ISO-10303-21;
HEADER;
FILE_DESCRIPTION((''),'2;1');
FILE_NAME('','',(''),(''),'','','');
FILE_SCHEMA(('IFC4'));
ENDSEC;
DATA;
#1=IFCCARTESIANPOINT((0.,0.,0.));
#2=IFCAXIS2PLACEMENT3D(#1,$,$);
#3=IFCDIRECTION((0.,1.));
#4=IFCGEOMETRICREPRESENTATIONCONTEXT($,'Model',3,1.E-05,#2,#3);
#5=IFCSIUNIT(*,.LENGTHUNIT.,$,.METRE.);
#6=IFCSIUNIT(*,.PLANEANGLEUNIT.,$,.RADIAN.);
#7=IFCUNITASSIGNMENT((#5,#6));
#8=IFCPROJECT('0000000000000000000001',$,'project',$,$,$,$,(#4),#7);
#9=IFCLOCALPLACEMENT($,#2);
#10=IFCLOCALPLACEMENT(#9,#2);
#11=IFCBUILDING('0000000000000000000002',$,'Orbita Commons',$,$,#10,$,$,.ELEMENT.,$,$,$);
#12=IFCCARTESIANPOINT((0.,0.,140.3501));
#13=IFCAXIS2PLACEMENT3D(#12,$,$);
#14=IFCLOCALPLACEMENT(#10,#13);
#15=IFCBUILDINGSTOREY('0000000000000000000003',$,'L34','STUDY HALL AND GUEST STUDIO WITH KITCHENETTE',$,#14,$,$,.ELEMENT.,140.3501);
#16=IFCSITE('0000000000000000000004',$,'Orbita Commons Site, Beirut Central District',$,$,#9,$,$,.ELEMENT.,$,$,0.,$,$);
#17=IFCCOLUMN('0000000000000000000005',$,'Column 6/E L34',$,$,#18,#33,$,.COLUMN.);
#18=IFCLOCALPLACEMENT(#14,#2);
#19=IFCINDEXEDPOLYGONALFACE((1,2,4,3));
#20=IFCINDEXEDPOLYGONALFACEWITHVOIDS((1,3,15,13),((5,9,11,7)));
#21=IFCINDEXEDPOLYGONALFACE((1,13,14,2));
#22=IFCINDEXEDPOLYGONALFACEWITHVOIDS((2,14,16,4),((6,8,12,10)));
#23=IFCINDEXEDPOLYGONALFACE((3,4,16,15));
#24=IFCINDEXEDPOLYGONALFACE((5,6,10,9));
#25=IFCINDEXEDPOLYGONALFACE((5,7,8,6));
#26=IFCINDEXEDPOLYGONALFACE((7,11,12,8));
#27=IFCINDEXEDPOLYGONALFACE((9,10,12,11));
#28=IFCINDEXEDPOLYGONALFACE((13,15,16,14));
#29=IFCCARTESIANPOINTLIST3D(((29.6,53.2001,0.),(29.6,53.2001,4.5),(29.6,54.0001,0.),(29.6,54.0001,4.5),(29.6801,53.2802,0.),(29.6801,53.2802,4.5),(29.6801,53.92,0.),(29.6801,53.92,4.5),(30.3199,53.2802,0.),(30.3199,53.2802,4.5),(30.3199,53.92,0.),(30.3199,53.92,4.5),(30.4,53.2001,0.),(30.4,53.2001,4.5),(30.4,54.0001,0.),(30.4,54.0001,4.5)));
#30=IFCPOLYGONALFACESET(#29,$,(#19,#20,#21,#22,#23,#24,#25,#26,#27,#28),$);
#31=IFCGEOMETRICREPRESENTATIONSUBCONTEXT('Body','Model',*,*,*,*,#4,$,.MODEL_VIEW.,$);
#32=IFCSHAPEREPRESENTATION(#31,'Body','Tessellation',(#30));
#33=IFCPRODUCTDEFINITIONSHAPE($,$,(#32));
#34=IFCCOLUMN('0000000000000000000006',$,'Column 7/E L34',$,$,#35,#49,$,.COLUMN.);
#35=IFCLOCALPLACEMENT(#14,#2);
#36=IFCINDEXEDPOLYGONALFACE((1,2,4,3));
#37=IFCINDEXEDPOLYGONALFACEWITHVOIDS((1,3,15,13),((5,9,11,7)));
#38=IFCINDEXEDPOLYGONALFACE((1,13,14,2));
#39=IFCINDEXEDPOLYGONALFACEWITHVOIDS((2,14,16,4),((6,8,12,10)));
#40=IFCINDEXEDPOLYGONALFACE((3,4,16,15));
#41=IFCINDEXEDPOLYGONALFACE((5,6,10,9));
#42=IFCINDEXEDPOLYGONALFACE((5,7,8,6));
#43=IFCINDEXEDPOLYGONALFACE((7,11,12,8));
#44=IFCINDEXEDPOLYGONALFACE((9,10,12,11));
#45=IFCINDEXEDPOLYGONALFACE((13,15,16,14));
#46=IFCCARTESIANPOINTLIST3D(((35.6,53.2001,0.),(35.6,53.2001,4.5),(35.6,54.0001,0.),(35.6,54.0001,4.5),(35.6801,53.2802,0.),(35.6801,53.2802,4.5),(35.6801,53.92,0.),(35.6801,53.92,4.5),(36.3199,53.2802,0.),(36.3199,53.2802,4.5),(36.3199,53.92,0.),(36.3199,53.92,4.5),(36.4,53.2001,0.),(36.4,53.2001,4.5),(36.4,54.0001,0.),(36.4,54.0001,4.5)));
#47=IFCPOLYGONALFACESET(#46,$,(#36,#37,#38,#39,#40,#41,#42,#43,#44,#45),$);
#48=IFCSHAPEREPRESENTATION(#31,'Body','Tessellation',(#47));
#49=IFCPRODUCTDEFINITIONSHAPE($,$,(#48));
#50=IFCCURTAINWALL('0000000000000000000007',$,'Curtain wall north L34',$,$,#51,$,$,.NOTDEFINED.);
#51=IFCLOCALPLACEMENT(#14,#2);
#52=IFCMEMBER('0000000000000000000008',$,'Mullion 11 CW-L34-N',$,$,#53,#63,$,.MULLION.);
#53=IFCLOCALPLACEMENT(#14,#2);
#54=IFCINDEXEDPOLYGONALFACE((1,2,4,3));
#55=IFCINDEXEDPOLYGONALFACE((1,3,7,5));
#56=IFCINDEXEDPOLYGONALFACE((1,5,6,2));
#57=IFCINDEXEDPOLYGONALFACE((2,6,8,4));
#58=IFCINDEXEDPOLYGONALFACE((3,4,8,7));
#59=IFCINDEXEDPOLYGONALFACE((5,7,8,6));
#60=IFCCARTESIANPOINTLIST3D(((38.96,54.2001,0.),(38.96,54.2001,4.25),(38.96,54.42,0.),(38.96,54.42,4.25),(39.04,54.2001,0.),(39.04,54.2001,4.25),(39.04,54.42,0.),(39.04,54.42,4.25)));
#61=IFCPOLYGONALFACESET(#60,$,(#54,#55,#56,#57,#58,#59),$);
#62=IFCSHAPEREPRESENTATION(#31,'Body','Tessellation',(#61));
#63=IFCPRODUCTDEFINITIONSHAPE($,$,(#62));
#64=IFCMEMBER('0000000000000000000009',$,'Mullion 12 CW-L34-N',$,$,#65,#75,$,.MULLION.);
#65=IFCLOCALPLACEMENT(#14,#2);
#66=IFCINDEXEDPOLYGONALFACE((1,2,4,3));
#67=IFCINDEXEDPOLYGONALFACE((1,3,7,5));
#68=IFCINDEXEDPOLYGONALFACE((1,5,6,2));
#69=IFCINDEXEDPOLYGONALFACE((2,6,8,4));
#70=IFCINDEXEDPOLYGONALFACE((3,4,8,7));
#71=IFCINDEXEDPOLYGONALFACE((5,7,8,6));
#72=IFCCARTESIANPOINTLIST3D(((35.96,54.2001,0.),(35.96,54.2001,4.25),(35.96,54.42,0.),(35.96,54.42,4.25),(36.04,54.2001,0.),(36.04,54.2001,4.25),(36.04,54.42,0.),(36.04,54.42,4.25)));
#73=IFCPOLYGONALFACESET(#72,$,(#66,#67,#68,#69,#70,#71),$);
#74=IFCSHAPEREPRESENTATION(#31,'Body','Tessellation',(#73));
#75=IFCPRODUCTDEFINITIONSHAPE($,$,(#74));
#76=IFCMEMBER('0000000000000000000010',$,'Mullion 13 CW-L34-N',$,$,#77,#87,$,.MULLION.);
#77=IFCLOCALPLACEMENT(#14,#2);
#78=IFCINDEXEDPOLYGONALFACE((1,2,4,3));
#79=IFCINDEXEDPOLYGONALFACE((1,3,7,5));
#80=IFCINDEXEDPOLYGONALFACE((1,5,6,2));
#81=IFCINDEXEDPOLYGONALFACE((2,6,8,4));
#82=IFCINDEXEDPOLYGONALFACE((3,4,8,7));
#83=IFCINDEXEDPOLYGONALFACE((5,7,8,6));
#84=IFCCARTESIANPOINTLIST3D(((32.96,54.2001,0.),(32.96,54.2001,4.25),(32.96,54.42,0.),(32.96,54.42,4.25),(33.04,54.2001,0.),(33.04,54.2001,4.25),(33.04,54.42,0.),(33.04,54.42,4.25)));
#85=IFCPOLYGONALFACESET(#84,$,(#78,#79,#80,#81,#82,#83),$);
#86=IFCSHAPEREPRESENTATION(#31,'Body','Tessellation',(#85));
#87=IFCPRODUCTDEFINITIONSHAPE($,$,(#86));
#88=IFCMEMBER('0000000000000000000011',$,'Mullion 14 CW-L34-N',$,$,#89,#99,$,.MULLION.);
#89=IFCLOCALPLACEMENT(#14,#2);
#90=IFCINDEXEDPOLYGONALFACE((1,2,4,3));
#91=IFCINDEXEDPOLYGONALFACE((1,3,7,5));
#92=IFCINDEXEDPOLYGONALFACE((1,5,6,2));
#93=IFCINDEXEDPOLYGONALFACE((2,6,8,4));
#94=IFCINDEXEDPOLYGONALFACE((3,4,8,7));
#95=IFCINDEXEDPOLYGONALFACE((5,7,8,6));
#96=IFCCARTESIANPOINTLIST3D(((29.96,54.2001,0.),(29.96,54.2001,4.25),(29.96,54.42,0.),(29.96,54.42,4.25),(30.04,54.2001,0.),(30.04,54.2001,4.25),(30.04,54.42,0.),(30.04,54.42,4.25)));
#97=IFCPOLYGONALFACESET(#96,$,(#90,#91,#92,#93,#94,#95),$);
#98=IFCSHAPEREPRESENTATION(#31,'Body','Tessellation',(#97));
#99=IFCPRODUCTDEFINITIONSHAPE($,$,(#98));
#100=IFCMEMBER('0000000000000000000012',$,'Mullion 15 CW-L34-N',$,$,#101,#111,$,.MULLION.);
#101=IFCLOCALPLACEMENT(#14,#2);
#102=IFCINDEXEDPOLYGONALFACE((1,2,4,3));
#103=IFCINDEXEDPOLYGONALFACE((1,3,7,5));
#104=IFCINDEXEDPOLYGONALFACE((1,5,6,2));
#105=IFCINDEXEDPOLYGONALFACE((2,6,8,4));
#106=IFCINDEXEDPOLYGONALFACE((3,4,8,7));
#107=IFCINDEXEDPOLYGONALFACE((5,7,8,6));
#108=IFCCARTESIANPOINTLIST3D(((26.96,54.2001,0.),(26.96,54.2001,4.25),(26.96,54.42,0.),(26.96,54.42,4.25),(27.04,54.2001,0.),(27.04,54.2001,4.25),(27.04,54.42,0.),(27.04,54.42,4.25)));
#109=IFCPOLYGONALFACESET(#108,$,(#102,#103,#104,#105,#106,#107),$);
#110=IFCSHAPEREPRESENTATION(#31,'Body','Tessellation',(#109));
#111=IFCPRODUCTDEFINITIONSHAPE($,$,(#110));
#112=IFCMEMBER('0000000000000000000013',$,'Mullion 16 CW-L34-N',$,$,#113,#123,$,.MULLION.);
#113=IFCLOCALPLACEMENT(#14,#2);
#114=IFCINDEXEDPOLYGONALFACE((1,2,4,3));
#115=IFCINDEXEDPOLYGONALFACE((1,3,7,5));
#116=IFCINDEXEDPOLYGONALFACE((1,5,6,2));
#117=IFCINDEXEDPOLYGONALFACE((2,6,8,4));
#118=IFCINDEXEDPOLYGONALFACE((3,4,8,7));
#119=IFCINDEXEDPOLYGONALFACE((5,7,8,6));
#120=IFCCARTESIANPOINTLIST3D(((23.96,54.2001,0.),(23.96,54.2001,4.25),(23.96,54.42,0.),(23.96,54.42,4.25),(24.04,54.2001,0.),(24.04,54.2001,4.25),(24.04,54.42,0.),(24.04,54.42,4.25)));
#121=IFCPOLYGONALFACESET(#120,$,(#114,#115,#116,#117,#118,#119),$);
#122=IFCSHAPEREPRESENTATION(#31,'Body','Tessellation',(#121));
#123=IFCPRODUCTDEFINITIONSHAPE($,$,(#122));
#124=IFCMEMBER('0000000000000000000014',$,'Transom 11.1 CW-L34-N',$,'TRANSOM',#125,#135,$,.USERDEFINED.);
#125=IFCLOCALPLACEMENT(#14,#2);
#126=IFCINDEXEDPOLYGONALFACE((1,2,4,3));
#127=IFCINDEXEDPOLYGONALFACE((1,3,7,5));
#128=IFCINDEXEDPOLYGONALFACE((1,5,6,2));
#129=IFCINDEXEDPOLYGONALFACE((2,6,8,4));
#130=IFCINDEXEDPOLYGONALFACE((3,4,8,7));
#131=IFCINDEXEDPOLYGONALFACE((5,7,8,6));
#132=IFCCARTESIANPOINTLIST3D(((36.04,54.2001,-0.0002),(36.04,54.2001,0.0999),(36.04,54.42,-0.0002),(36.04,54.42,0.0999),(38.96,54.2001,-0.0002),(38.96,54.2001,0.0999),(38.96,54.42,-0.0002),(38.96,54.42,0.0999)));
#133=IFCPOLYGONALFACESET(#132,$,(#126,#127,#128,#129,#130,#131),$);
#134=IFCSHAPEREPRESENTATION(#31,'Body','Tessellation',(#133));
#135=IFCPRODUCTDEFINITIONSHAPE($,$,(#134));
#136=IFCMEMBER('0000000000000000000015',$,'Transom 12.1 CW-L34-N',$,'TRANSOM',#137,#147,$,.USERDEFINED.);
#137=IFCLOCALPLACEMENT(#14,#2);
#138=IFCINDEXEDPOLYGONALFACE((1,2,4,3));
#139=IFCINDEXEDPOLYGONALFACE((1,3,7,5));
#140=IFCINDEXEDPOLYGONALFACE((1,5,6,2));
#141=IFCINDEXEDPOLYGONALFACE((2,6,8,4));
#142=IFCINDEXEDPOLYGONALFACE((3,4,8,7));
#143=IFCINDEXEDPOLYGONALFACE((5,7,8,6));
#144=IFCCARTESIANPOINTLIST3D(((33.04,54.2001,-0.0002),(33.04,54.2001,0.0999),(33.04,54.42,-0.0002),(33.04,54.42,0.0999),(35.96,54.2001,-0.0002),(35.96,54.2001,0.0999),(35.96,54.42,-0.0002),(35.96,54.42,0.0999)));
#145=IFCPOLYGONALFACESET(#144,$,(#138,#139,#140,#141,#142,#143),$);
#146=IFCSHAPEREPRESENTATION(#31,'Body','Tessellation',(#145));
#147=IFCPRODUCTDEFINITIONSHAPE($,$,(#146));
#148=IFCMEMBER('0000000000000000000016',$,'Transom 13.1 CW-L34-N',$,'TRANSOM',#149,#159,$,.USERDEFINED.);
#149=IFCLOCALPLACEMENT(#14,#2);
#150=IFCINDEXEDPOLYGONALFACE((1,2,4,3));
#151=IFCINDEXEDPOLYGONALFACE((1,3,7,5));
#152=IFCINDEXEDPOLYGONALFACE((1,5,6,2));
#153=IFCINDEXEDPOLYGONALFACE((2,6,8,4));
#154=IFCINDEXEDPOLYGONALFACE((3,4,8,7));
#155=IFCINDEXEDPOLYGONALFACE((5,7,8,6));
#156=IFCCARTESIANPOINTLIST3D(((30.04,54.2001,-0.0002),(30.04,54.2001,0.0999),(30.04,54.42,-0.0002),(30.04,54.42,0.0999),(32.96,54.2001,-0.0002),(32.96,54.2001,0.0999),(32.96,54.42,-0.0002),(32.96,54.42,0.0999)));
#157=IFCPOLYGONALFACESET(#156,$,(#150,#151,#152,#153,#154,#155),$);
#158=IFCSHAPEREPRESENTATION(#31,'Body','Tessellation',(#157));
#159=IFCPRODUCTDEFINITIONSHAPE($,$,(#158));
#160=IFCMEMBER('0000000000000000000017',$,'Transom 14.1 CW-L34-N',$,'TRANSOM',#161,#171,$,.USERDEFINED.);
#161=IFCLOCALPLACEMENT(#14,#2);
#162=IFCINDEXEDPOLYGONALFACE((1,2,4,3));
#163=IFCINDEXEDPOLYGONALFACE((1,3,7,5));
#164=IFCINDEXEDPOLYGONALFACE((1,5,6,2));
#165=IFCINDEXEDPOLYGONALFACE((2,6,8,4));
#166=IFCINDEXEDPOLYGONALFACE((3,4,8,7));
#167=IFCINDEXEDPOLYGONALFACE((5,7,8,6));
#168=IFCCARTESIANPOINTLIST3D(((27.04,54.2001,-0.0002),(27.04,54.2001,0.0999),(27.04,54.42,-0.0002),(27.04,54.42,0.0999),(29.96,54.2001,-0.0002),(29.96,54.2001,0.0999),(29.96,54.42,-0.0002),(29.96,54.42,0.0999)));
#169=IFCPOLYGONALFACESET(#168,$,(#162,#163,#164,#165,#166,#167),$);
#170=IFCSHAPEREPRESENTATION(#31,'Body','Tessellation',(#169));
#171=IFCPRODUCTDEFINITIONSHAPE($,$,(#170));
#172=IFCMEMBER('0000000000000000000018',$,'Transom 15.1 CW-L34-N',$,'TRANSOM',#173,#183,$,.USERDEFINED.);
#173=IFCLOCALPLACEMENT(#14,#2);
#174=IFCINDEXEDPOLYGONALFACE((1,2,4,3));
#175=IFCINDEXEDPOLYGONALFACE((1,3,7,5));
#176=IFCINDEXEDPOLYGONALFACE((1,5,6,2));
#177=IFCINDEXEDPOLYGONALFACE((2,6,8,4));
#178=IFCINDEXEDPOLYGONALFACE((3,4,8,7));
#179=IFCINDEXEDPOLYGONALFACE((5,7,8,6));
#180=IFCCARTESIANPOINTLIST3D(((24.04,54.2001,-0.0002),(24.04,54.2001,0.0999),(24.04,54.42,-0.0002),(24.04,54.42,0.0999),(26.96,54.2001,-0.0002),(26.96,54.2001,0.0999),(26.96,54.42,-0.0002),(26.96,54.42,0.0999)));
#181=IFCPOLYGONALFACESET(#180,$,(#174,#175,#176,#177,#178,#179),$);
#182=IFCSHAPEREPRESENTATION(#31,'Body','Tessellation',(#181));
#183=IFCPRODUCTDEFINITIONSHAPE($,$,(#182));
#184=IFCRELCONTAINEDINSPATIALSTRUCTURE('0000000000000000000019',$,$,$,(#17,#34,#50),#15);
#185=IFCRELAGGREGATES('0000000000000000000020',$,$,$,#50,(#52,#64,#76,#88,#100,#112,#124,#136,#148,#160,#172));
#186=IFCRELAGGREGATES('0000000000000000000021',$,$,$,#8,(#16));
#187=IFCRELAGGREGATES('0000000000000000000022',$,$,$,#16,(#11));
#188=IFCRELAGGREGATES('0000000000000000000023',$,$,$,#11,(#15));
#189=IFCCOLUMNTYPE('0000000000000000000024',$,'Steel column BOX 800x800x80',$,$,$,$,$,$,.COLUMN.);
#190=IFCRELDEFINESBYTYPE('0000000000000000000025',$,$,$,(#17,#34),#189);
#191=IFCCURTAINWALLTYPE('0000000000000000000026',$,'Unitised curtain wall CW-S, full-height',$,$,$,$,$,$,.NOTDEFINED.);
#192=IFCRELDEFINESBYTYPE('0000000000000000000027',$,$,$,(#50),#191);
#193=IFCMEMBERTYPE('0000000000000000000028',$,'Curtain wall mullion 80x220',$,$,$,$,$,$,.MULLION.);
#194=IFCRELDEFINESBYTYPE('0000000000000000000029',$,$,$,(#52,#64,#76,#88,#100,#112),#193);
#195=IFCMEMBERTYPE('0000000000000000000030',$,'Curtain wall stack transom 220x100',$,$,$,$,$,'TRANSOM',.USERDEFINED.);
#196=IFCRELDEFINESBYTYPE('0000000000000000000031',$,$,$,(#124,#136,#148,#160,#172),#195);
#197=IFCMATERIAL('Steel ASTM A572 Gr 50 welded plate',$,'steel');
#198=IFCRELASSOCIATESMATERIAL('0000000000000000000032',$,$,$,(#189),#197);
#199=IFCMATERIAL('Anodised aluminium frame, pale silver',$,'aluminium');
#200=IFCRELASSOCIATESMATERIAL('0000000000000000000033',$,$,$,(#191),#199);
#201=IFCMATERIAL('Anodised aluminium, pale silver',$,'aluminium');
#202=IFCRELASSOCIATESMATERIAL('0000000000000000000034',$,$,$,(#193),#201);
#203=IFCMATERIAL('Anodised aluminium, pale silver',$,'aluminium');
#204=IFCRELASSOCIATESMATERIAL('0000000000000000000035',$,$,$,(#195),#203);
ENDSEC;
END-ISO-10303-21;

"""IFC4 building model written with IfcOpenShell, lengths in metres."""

from ifc_helpers import new_model, si_unit, direction, frame, origin, origin_2d, place, context, subcontext, project, spatial, rectangle, hollow_rectangle, extrude, material, material_profile, profile_set, type_object, element, aggregate, save


model = new_model("IFC4")

# Units and contexts
model_context = context("Model", 3, precision=1e-05, world=origin(), true_north=direction((0.0, 1.0)))
body_context = subcontext(model_context, "Body", "Model", "MODEL_VIEW")
ifc_project = project(units=[si_unit("LENGTHUNIT", "METRE"), si_unit("PLANEANGLEUNIT", "RADIAN")], contexts=[model_context])

# Site, building, storey
site_placement = place(None, origin())
site = spatial("IfcSite", under=ifc_project, at=site_placement, Name="Orbita Commons Site, Beirut Central District", CompositionType="ELEMENT", RefElevation=0.0)
building_placement = place(site_placement, origin())
building = spatial("IfcBuilding", under=site, at=building_placement, Name="Orbita Commons", CompositionType="ELEMENT")
storey_placement = place(building_placement, frame((0.0, 0.0, 140.3501)))
storey = spatial("IfcBuildingStorey", under=building, at=storey_placement, Name="L34", Description="STUDY HALL AND GUEST STUDIO WITH KITCHENETTE", CompositionType="ELEMENT", Elevation=140.3501)

# Columns
ifc_material_1 = material(Name="Steel ASTM A572 Gr 50 welded plate", Category="steel")
ifc_material_profile_1 = material_profile(ifc_material_1, hollow_rectangle(XDim=0.8, YDim=0.8, WallThickness=0.0801, at=origin_2d()), Name="BOX 800x800x80")
ifc_profile_set_1 = profile_set([ifc_material_profile_1], Name="Steel ASTM A572 Gr 50 welded plate")
column_type = type_object("IfcColumnType", Name="Steel column BOX 800x800x80", PredefinedType="COLUMN", material=ifc_profile_set_1)
for number, where, z_axis, x_axis, name in (
    (1, (30.0, 53.6001, 0.0), (0.0, 0.0, 1.0), (1.0, 0.0, 0.0), "Column 6/E L34"),
    (2, (36.0, 53.6001, 0.0), (0.0, 0.0, 1.0), (1.0, 0.0, 0.0), "Column 7/E L34"),
):
    element("IfcColumn", number, at=place(storey_placement, frame(where, z_axis=z_axis, x_axis=x_axis)), inside=storey, type_object=column_type, Name=name, PredefinedType="COLUMN", context=body_context, shape_type="SweptSolid", body=[
        extrude(hollow_rectangle(XDim=0.8, YDim=0.8, WallThickness=0.0801, at=origin_2d()), origin(), (0.0, 0.0, 1.0), 4.5),
    ])

# Curtain wall, members
ifc_material_2 = material(Name="Anodised aluminium frame, pale silver", Category="aluminium")
curtain_wall_type = type_object("IfcCurtainWallType", Name="Unitised curtain wall CW-S, full-height", PredefinedType="NOTDEFINED", material=ifc_material_2)
curtain_wall_placement = place(storey_placement, origin())
curtain_wall = element("IfcCurtainWall", 3, at=curtain_wall_placement, inside=storey, type_object=curtain_wall_type, Name="Curtain wall north L34", PredefinedType="NOTDEFINED")
ifc_material_3 = material(Name="Anodised aluminium, pale silver", Category="aluminium")
ifc_material_profile_2 = material_profile(ifc_material_3, rectangle(XDim=0.0801, YDim=0.22, at=origin_2d()), Name="AL 80x220")
ifc_profile_set_2 = profile_set([ifc_material_profile_2], Name="Anodised aluminium, pale silver")
member_type_1 = type_object("IfcMemberType", Name="Curtain wall mullion 80x220", PredefinedType="MULLION", material=ifc_profile_set_2)
member_1_placement = place(storey_placement, frame((39.0, 54.3101, 0.0), z_axis=(0.0, 0.0, 1.0), x_axis=(-1.0, 0.0, 0.0)))
member_1 = element("IfcMember", 4, at=member_1_placement, type_object=member_type_1, Name="Mullion 11 CW-L34-N", PredefinedType="MULLION", context=body_context, shape_type="SweptSolid", body=[
    extrude(rectangle(XDim=0.0801, YDim=0.22, at=origin_2d()), origin(), (0.0, 0.0, 1.0), 4.25),
])
member_2_placement = place(storey_placement, frame((36.0, 54.3101, 0.0), z_axis=(0.0, 0.0, 1.0), x_axis=(-1.0, 0.0, 0.0)))
member_2 = element("IfcMember", 5, at=member_2_placement, type_object=member_type_1, Name="Mullion 12 CW-L34-N", PredefinedType="MULLION", context=body_context, shape_type="SweptSolid", body=[
    extrude(rectangle(XDim=0.0801, YDim=0.22, at=origin_2d()), origin(), (0.0, 0.0, 1.0), 4.25),
])
member_3_placement = place(storey_placement, frame((33.0, 54.3101, 0.0), z_axis=(0.0, 0.0, 1.0), x_axis=(-1.0, 0.0, 0.0)))
member_3 = element("IfcMember", 6, at=member_3_placement, type_object=member_type_1, Name="Mullion 13 CW-L34-N", PredefinedType="MULLION", context=body_context, shape_type="SweptSolid", body=[
    extrude(rectangle(XDim=0.0801, YDim=0.22, at=origin_2d()), origin(), (0.0, 0.0, 1.0), 4.25),
])
member_4_placement = place(storey_placement, frame((30.0, 54.3101, 0.0), z_axis=(0.0, 0.0, 1.0), x_axis=(-1.0, 0.0, 0.0)))
member_4 = element("IfcMember", 7, at=member_4_placement, type_object=member_type_1, Name="Mullion 14 CW-L34-N", PredefinedType="MULLION", context=body_context, shape_type="SweptSolid", body=[
    extrude(rectangle(XDim=0.0801, YDim=0.22, at=origin_2d()), origin(), (0.0, 0.0, 1.0), 4.25),
])
member_5_placement = place(storey_placement, frame((27.0, 54.3101, 0.0), z_axis=(0.0, 0.0, 1.0), x_axis=(-1.0, 0.0, 0.0)))
member_5 = element("IfcMember", 8, at=member_5_placement, type_object=member_type_1, Name="Mullion 15 CW-L34-N", PredefinedType="MULLION", context=body_context, shape_type="SweptSolid", body=[
    extrude(rectangle(XDim=0.0801, YDim=0.22, at=origin_2d()), origin(), (0.0, 0.0, 1.0), 4.25),
])
member_6_placement = place(storey_placement, frame((24.0, 54.3101, 0.0), z_axis=(0.0, 0.0, 1.0), x_axis=(-1.0, 0.0, 0.0)))
member_6 = element("IfcMember", 9, at=member_6_placement, type_object=member_type_1, Name="Mullion 16 CW-L34-N", PredefinedType="MULLION", context=body_context, shape_type="SweptSolid", body=[
    extrude(rectangle(XDim=0.0801, YDim=0.22, at=origin_2d()), origin(), (0.0, 0.0, 1.0), 4.25),
])
ifc_material_4 = material(Name="Anodised aluminium, pale silver", Category="aluminium")
ifc_material_profile_3 = material_profile(ifc_material_4, rectangle(XDim=0.22, YDim=0.1001, at=origin_2d()), Name="AL 220x100")
ifc_profile_set_3 = profile_set([ifc_material_profile_3], Name="Anodised aluminium, pale silver")
member_type_2 = type_object("IfcMemberType", Name="Curtain wall stack transom 220x100", ElementType="TRANSOM", PredefinedType="USERDEFINED", material=ifc_profile_set_3)
member_7_placement = place(storey_placement, frame((38.96, 54.3101, 0.0498), z_axis=(-1.0, 0.0, 0.0), x_axis=(0.0, -1.0, 0.0)))
member_7 = element("IfcMember", 10, at=member_7_placement, type_object=member_type_2, Name="Transom 11.1 CW-L34-N", ObjectType="TRANSOM", PredefinedType="USERDEFINED", context=body_context, shape_type="SweptSolid", body=[
    extrude(rectangle(XDim=0.22, YDim=0.1001, at=origin_2d()), origin(), (0.0, 0.0, 1.0), 2.9199),
])
member_8_placement = place(storey_placement, frame((35.96, 54.3101, 0.0498), z_axis=(-1.0, 0.0, 0.0), x_axis=(0.0, -1.0, 0.0)))
member_8 = element("IfcMember", 11, at=member_8_placement, type_object=member_type_2, Name="Transom 12.1 CW-L34-N", ObjectType="TRANSOM", PredefinedType="USERDEFINED", context=body_context, shape_type="SweptSolid", body=[
    extrude(rectangle(XDim=0.22, YDim=0.1001, at=origin_2d()), origin(), (0.0, 0.0, 1.0), 2.9199),
])
member_9_placement = place(storey_placement, frame((32.96, 54.3101, 0.0498), z_axis=(-1.0, 0.0, 0.0), x_axis=(0.0, -1.0, 0.0)))
member_9 = element("IfcMember", 12, at=member_9_placement, type_object=member_type_2, Name="Transom 13.1 CW-L34-N", ObjectType="TRANSOM", PredefinedType="USERDEFINED", context=body_context, shape_type="SweptSolid", body=[
    extrude(rectangle(XDim=0.22, YDim=0.1001, at=origin_2d()), origin(), (0.0, 0.0, 1.0), 2.9199),
])
member_10_placement = place(storey_placement, frame((29.96, 54.3101, 0.0498), z_axis=(-1.0, 0.0, 0.0), x_axis=(0.0, -1.0, 0.0)))
member_10 = element("IfcMember", 13, at=member_10_placement, type_object=member_type_2, Name="Transom 14.1 CW-L34-N", ObjectType="TRANSOM", PredefinedType="USERDEFINED", context=body_context, shape_type="SweptSolid", body=[
    extrude(rectangle(XDim=0.22, YDim=0.1001, at=origin_2d()), origin(), (0.0, 0.0, 1.0), 2.9199),
])
member_11_placement = place(storey_placement, frame((26.96, 54.3101, 0.0498), z_axis=(-1.0, 0.0, 0.0), x_axis=(0.0, -1.0, 0.0)))
member_11 = element("IfcMember", 14, at=member_11_placement, type_object=member_type_2, Name="Transom 15.1 CW-L34-N", ObjectType="TRANSOM", PredefinedType="USERDEFINED", context=body_context, shape_type="SweptSolid", body=[
    extrude(rectangle(XDim=0.22, YDim=0.1001, at=origin_2d()), origin(), (0.0, 0.0, 1.0), 2.9199),
])

aggregate(curtain_wall, [member_1, member_2, member_3, member_4, member_5, member_6, member_7, member_8, member_9, member_10, member_11])

save(model, "model.ifc")
